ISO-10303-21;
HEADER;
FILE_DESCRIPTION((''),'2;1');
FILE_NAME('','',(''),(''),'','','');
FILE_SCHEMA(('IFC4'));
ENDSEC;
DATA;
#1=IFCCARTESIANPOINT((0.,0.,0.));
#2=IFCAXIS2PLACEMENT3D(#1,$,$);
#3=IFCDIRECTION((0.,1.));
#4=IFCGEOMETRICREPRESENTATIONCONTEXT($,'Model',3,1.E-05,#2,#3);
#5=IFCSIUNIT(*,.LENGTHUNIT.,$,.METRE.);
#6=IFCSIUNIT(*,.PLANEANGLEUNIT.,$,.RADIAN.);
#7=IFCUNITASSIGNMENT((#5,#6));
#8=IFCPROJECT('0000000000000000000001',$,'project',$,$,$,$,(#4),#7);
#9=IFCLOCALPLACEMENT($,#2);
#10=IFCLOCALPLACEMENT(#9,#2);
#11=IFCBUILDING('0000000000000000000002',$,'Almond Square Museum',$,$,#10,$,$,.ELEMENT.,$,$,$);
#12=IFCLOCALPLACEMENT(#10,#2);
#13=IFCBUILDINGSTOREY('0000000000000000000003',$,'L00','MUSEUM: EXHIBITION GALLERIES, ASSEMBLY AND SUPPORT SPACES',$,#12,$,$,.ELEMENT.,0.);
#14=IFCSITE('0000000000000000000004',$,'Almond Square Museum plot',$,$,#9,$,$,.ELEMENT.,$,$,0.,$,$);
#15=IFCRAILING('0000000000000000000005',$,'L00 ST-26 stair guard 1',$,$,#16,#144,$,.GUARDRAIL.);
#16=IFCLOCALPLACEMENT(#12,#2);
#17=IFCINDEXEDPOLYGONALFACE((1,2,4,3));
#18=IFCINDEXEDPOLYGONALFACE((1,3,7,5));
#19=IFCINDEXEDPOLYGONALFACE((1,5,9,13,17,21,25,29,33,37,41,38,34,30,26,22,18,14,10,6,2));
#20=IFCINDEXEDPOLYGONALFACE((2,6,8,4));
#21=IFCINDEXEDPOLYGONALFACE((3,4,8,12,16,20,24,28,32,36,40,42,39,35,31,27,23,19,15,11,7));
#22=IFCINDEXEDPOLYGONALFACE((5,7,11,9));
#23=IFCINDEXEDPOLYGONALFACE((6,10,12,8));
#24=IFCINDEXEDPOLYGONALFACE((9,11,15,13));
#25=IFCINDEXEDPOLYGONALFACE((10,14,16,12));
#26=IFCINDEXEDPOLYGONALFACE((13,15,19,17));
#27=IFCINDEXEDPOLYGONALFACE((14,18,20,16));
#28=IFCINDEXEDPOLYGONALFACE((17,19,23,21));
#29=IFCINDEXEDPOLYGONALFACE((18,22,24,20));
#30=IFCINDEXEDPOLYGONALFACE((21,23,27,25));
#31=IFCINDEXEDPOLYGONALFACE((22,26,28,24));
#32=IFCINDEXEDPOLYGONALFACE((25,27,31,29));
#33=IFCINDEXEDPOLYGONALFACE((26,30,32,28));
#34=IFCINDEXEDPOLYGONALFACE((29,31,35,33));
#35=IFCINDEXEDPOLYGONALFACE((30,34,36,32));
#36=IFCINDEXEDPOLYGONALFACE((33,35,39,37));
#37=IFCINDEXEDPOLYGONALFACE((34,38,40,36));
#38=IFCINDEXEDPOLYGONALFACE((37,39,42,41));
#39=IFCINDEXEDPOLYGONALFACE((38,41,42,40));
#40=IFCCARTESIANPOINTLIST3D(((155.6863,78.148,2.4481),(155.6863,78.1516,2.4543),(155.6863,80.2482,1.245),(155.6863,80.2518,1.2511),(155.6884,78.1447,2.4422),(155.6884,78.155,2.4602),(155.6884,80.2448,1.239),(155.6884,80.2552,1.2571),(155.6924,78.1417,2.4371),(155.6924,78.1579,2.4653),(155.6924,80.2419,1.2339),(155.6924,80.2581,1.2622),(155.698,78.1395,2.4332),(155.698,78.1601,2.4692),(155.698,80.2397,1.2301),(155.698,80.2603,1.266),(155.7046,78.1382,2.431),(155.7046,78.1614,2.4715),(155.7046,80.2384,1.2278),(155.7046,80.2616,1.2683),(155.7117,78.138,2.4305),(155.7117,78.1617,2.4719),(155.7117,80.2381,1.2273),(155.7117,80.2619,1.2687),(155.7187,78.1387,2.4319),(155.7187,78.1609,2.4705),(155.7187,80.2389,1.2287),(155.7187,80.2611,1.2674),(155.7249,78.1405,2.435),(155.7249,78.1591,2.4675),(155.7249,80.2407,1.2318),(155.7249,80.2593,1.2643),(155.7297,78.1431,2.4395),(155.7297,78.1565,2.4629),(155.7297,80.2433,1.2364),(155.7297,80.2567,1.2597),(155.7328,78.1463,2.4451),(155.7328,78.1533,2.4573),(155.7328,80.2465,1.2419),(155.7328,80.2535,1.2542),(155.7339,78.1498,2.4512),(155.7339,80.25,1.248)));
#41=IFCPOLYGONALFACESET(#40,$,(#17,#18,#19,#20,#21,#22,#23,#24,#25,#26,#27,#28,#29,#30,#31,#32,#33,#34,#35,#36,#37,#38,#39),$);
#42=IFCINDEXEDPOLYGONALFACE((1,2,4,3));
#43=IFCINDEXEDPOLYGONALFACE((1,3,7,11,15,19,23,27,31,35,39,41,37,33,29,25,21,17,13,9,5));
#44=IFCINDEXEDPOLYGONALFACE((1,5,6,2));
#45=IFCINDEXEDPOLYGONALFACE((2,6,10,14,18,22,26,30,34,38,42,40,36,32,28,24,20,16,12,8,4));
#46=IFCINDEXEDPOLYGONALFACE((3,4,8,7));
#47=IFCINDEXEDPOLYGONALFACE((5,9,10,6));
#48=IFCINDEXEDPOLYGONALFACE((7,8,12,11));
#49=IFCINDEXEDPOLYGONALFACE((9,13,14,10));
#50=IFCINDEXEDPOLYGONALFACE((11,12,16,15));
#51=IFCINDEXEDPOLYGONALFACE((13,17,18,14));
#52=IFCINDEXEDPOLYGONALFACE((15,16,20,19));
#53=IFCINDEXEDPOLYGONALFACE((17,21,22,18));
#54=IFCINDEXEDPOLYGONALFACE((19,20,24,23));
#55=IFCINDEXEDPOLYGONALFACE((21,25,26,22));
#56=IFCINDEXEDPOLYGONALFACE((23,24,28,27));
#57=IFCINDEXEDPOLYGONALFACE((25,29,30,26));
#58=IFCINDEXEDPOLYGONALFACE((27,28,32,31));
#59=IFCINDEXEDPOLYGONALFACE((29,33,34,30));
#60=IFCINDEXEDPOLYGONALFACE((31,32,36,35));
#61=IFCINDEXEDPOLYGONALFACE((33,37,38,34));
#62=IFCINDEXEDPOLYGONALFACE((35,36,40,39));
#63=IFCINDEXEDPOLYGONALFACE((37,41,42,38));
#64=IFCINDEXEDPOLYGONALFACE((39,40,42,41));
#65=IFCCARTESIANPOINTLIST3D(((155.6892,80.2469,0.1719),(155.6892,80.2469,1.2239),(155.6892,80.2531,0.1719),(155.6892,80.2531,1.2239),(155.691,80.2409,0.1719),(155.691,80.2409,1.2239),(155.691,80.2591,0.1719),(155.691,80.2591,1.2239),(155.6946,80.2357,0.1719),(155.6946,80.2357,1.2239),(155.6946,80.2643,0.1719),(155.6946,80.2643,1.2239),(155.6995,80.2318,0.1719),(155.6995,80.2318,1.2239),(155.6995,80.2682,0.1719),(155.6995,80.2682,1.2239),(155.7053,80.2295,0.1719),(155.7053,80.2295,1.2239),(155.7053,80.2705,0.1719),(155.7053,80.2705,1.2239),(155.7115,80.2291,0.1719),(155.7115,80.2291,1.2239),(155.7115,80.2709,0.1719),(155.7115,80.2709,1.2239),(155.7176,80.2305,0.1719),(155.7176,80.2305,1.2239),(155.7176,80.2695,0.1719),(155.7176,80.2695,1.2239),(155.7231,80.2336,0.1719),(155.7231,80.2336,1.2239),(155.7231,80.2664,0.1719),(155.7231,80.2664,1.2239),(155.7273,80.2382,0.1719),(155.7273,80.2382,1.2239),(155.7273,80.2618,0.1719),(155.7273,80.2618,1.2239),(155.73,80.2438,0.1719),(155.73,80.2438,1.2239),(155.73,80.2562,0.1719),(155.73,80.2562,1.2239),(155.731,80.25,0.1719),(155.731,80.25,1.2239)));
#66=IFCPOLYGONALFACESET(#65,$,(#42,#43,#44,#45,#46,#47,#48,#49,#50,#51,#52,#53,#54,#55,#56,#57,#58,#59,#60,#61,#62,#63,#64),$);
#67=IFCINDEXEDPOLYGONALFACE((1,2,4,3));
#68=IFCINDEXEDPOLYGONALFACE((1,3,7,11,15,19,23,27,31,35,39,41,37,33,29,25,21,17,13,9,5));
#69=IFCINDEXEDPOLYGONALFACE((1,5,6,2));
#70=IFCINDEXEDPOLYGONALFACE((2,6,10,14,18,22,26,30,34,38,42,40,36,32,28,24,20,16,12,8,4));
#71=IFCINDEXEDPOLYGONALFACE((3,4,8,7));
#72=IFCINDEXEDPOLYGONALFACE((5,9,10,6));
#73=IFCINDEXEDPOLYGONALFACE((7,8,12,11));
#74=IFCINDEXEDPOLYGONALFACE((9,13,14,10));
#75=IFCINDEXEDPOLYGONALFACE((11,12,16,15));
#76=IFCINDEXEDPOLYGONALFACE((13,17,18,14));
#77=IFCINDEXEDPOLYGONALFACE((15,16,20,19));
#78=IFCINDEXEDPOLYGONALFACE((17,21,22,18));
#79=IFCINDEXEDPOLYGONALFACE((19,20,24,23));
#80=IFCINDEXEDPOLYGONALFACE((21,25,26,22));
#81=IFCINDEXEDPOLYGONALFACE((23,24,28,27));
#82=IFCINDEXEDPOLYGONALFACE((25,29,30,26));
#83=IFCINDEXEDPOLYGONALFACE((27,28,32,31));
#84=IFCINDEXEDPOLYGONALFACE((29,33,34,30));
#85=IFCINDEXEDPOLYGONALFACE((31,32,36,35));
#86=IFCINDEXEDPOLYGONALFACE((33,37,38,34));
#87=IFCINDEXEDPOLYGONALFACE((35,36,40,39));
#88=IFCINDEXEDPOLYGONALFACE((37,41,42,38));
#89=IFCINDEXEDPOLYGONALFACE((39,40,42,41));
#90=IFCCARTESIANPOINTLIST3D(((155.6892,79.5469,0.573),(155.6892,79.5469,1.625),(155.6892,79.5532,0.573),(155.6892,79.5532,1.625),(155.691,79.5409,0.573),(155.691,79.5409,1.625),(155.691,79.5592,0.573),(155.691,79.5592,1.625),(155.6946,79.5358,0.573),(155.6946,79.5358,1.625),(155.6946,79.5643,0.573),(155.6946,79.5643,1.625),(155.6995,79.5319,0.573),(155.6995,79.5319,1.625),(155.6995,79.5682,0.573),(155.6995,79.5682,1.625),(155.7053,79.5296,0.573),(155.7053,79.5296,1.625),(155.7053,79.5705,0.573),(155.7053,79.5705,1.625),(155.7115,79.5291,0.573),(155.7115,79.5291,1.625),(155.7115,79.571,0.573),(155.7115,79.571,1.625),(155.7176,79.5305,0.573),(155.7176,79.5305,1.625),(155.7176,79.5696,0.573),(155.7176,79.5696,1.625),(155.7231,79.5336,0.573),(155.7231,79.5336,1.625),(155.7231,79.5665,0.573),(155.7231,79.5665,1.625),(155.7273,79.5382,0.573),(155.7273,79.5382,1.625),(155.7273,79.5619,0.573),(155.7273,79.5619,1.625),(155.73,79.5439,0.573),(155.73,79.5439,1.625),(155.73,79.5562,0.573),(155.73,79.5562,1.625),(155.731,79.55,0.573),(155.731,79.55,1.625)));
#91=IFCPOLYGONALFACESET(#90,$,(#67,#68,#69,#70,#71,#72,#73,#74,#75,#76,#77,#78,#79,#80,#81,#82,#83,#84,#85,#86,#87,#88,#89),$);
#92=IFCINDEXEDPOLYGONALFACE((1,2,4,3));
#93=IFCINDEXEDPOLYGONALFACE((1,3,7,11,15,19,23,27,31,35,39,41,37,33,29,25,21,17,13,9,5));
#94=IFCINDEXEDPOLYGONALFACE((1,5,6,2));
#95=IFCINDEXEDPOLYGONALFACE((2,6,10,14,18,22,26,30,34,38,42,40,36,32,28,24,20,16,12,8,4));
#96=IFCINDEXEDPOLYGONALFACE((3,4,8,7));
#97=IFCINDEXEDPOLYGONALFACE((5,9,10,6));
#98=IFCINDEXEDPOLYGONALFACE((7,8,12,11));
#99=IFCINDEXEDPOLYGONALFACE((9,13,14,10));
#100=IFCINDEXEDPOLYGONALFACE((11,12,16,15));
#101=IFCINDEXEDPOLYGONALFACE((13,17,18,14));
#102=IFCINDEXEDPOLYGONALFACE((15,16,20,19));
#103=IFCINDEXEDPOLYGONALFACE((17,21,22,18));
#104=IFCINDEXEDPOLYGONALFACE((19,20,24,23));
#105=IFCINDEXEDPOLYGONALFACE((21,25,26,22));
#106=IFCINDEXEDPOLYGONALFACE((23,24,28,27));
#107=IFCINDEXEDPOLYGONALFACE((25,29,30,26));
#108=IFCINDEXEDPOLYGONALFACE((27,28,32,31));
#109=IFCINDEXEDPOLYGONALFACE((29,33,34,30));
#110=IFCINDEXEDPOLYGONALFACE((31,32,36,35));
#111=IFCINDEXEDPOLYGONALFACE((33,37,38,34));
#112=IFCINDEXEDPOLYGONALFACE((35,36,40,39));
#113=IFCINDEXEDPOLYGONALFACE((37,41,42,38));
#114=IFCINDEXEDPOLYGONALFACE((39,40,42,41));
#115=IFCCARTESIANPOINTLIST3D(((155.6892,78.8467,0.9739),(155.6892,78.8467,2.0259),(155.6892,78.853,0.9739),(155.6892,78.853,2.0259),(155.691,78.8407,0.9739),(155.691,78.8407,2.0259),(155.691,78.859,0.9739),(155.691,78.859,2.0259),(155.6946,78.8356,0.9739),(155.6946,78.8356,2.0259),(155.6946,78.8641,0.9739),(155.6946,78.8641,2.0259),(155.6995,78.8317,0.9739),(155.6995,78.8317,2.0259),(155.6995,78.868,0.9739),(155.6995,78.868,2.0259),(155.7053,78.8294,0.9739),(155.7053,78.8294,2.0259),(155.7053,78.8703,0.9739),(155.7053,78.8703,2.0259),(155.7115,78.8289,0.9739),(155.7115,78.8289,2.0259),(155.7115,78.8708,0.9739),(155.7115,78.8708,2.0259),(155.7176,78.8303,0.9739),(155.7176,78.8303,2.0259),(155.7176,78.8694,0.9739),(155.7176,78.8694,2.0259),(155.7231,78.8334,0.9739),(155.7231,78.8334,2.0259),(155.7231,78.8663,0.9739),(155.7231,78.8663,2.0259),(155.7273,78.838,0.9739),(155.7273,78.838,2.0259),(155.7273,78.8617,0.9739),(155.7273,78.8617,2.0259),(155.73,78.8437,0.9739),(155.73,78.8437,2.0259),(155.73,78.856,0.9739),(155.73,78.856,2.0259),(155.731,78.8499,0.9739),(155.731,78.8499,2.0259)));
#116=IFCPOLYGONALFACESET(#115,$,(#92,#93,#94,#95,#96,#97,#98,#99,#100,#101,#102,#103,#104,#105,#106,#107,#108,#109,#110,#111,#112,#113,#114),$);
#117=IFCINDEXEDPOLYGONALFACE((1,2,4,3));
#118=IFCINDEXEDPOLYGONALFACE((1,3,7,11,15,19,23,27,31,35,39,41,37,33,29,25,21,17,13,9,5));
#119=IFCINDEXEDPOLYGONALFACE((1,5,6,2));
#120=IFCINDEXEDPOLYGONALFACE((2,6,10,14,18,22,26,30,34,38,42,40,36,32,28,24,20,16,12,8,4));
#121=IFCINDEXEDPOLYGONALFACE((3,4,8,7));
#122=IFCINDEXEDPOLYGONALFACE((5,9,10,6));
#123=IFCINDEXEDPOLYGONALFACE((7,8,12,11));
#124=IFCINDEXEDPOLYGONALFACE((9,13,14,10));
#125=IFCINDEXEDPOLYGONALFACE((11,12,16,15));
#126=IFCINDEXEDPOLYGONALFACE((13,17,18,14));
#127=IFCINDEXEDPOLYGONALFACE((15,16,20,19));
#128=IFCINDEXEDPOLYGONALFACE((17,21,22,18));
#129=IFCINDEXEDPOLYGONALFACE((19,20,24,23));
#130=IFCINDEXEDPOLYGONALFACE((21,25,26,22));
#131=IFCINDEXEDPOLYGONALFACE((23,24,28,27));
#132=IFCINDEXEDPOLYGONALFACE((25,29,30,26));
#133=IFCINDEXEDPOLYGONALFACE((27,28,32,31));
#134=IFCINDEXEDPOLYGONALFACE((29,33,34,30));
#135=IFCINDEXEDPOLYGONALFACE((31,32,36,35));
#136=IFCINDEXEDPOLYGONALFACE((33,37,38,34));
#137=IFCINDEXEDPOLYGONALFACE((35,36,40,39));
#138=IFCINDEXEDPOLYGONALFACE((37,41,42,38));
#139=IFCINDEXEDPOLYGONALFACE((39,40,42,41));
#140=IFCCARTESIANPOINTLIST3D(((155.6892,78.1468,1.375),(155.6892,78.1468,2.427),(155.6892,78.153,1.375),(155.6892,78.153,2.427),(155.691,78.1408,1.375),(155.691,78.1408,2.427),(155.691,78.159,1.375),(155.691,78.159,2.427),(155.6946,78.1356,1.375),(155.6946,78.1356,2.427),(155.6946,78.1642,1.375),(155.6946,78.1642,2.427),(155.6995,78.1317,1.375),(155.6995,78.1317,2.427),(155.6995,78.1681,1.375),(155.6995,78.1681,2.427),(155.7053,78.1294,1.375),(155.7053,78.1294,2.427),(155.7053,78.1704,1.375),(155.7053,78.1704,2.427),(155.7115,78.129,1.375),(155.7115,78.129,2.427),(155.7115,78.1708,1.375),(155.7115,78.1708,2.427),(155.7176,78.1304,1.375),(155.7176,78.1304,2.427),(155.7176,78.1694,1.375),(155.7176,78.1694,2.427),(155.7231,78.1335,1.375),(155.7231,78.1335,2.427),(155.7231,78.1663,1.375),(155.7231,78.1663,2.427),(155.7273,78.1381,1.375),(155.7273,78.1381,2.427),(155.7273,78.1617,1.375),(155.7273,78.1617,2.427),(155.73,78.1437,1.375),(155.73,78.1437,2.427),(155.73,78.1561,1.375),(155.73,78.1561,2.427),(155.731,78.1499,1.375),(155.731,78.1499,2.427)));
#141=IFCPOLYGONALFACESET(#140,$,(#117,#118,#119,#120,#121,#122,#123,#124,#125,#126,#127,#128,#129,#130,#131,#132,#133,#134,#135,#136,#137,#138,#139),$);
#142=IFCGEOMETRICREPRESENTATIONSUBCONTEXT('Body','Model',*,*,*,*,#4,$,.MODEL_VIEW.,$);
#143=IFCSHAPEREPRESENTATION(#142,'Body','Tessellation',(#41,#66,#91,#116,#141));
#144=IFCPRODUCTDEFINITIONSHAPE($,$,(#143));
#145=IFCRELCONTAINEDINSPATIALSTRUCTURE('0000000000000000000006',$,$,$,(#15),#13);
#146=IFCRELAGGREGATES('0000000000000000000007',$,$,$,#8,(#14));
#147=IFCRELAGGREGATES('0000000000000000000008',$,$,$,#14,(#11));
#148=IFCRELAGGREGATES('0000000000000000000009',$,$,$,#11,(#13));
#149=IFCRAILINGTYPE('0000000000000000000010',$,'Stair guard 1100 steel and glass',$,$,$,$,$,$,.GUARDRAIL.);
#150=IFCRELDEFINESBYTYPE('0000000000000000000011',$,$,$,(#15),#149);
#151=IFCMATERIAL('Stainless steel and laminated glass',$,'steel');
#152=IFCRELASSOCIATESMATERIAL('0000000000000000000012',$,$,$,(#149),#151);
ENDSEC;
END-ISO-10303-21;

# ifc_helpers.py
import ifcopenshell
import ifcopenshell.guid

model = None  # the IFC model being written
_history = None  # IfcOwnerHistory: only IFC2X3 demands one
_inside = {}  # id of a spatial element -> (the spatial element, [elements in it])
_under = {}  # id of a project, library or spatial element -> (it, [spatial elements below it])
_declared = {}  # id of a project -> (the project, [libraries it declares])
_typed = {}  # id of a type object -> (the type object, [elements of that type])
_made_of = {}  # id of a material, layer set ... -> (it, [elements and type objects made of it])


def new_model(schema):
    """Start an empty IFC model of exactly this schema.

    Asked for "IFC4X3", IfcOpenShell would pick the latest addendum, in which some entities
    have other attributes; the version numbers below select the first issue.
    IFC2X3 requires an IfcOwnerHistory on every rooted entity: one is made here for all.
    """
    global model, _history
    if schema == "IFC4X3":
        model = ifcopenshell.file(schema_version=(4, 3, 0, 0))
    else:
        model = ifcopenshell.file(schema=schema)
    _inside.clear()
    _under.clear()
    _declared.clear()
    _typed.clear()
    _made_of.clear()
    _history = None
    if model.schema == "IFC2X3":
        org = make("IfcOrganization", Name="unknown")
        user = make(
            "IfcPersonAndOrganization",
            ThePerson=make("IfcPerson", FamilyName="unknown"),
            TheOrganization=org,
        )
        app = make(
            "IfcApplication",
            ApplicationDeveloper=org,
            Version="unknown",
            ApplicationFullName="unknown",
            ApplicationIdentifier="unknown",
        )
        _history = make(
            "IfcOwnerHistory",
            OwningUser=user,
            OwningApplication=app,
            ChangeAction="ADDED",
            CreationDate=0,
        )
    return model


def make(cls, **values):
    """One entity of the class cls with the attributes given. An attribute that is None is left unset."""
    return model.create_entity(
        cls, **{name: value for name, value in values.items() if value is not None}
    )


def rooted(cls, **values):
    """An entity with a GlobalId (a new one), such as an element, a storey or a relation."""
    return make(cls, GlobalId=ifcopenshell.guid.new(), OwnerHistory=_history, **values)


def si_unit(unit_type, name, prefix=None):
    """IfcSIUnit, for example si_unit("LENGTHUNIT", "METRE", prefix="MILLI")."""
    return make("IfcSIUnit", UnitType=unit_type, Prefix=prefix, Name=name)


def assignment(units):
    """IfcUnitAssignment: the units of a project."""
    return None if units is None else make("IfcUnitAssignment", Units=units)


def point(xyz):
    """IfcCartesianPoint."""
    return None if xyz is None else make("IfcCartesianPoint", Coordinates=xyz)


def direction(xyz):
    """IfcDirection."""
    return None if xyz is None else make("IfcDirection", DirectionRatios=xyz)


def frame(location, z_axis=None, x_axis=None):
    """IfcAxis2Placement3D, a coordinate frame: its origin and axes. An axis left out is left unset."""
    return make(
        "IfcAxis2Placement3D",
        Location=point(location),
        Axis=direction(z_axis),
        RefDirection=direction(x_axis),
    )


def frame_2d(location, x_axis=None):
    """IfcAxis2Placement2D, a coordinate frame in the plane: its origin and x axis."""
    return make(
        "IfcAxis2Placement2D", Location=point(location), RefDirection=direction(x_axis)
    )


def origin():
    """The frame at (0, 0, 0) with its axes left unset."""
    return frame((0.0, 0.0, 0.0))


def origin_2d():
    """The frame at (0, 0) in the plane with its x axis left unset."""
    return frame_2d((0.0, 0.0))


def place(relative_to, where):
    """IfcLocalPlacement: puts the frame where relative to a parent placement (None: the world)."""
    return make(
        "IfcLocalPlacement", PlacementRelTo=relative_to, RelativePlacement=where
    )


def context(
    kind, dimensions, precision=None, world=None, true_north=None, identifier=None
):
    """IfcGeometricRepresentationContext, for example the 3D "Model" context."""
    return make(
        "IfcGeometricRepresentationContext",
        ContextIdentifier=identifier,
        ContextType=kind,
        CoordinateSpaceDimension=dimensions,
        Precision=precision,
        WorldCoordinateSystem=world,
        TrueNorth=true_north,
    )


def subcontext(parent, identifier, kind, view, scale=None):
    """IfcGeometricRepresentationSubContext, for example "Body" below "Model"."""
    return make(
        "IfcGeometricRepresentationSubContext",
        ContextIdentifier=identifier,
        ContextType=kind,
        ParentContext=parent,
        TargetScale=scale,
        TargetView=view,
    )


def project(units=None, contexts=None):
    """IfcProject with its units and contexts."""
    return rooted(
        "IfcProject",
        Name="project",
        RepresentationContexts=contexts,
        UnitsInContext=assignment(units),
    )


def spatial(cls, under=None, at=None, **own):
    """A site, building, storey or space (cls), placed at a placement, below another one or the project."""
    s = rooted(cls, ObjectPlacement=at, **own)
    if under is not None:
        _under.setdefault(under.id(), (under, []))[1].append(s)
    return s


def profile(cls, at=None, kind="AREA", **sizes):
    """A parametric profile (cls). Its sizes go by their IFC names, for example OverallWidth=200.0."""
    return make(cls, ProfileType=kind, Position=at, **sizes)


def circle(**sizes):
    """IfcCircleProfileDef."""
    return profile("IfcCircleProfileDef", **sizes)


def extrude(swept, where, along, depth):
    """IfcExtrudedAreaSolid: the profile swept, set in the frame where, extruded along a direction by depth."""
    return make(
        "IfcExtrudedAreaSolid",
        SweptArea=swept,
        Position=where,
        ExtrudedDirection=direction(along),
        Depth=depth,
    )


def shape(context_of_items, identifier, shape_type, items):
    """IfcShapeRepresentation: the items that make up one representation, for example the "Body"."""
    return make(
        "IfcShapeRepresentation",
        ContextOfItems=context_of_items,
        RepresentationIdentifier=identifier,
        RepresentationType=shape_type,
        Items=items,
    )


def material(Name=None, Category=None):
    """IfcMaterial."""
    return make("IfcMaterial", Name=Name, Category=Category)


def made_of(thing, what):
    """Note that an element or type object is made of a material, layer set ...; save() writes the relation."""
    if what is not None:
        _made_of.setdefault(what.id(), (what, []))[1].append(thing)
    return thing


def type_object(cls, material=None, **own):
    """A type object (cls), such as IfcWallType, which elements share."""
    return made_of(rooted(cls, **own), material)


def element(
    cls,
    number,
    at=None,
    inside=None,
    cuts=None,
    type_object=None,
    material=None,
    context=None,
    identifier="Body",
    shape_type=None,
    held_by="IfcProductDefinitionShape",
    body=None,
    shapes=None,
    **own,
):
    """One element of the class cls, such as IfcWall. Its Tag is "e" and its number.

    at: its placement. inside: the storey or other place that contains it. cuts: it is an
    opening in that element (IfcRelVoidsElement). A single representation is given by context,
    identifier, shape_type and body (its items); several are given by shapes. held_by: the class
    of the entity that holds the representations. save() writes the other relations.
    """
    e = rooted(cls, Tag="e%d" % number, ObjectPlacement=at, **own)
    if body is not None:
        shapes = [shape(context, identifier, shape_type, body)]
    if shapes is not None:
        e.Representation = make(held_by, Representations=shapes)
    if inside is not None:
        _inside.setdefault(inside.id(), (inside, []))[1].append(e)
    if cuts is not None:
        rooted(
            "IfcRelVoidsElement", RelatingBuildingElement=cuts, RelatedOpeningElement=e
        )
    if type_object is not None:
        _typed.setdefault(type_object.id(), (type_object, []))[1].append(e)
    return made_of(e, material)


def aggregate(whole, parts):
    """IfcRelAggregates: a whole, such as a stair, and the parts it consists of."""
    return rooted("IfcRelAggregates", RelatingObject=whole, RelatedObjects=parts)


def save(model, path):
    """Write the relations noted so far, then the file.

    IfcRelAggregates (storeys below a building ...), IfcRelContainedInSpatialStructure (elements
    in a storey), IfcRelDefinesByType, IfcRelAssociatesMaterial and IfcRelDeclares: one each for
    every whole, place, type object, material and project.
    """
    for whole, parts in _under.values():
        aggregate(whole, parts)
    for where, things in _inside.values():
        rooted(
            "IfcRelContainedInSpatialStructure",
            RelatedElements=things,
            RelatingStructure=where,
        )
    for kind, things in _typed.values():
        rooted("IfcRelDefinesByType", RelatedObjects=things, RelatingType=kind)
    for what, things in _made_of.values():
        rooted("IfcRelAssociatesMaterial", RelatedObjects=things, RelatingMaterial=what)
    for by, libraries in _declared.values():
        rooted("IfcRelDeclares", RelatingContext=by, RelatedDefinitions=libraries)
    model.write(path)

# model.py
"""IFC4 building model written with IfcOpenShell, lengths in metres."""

from ifc_helpers import new_model, si_unit, direction, frame, origin, origin_2d, place, context, subcontext, project, spatial, circle, extrude, material, type_object, element, save


model = new_model("IFC4")

# Units and contexts
model_context = context("Model", 3, precision=1e-05, world=origin(), true_north=direction((0.0, 1.0)))
body_context = subcontext(model_context, "Body", "Model", "MODEL_VIEW")
ifc_project = project(units=[si_unit("LENGTHUNIT", "METRE"), si_unit("PLANEANGLEUNIT", "RADIAN")], contexts=[model_context])

# Site, building, storey
site_placement = place(None, origin())
site = spatial("IfcSite", under=ifc_project, at=site_placement, Name="Almond Square Museum plot", CompositionType="ELEMENT", RefElevation=0.0)
building_placement = place(site_placement, origin())
building = spatial("IfcBuilding", under=site, at=building_placement, Name="Almond Square Museum", CompositionType="ELEMENT")
storey_placement = place(building_placement, origin())
storey = spatial("IfcBuildingStorey", under=building, at=storey_placement, Name="L00", Description="MUSEUM: EXHIBITION GALLERIES, ASSEMBLY AND SUPPORT SPACES", CompositionType="ELEMENT", Elevation=0.0)

# Railing
ifc_material_1 = material(Name="Stainless steel and laminated glass", Category="steel")
railing_type = type_object("IfcRailingType", Name="Stair guard 1100 steel and glass", PredefinedType="GUARDRAIL", material=ifc_material_1)
for number, where, name in (
    (1, (155.71, 80.25, 0.1719), "L00 ST-26 stair guard 1"),
):
    element("IfcRailing", number, at=place(storey_placement, frame(where)), inside=storey, type_object=railing_type, Name=name, PredefinedType="GUARDRAIL", context=body_context, shape_type="SweptSolid", body=[
        extrude(circle(Radius=0.0239, at=origin_2d()), frame((0.0, 0.0, 1.0762), z_axis=(0.0, -0.867696, 0.497095), x_axis=(1.0, 0.0, 0.0)), (0.0, 0.0, 1.0), 2.4204),
        extrude(circle(Radius=0.021, at=origin_2d()), origin(), (0.0, 0.0, 1.0), 1.052),
        extrude(circle(Radius=0.021, at=origin_2d()), frame((0.0, -0.7, 0.4011)), (0.0, 0.0, 1.0), 1.052),
        extrude(circle(Radius=0.021, at=origin_2d()), frame((0.0, -1.4001, 0.802)), (0.0, 0.0, 1.0), 1.052),
        extrude(circle(Radius=0.021, at=origin_2d()), frame((0.0, -2.1001, 1.2031)), (0.0, 0.0, 1.0), 1.052),
    ])

save(model, "model.ifc")
